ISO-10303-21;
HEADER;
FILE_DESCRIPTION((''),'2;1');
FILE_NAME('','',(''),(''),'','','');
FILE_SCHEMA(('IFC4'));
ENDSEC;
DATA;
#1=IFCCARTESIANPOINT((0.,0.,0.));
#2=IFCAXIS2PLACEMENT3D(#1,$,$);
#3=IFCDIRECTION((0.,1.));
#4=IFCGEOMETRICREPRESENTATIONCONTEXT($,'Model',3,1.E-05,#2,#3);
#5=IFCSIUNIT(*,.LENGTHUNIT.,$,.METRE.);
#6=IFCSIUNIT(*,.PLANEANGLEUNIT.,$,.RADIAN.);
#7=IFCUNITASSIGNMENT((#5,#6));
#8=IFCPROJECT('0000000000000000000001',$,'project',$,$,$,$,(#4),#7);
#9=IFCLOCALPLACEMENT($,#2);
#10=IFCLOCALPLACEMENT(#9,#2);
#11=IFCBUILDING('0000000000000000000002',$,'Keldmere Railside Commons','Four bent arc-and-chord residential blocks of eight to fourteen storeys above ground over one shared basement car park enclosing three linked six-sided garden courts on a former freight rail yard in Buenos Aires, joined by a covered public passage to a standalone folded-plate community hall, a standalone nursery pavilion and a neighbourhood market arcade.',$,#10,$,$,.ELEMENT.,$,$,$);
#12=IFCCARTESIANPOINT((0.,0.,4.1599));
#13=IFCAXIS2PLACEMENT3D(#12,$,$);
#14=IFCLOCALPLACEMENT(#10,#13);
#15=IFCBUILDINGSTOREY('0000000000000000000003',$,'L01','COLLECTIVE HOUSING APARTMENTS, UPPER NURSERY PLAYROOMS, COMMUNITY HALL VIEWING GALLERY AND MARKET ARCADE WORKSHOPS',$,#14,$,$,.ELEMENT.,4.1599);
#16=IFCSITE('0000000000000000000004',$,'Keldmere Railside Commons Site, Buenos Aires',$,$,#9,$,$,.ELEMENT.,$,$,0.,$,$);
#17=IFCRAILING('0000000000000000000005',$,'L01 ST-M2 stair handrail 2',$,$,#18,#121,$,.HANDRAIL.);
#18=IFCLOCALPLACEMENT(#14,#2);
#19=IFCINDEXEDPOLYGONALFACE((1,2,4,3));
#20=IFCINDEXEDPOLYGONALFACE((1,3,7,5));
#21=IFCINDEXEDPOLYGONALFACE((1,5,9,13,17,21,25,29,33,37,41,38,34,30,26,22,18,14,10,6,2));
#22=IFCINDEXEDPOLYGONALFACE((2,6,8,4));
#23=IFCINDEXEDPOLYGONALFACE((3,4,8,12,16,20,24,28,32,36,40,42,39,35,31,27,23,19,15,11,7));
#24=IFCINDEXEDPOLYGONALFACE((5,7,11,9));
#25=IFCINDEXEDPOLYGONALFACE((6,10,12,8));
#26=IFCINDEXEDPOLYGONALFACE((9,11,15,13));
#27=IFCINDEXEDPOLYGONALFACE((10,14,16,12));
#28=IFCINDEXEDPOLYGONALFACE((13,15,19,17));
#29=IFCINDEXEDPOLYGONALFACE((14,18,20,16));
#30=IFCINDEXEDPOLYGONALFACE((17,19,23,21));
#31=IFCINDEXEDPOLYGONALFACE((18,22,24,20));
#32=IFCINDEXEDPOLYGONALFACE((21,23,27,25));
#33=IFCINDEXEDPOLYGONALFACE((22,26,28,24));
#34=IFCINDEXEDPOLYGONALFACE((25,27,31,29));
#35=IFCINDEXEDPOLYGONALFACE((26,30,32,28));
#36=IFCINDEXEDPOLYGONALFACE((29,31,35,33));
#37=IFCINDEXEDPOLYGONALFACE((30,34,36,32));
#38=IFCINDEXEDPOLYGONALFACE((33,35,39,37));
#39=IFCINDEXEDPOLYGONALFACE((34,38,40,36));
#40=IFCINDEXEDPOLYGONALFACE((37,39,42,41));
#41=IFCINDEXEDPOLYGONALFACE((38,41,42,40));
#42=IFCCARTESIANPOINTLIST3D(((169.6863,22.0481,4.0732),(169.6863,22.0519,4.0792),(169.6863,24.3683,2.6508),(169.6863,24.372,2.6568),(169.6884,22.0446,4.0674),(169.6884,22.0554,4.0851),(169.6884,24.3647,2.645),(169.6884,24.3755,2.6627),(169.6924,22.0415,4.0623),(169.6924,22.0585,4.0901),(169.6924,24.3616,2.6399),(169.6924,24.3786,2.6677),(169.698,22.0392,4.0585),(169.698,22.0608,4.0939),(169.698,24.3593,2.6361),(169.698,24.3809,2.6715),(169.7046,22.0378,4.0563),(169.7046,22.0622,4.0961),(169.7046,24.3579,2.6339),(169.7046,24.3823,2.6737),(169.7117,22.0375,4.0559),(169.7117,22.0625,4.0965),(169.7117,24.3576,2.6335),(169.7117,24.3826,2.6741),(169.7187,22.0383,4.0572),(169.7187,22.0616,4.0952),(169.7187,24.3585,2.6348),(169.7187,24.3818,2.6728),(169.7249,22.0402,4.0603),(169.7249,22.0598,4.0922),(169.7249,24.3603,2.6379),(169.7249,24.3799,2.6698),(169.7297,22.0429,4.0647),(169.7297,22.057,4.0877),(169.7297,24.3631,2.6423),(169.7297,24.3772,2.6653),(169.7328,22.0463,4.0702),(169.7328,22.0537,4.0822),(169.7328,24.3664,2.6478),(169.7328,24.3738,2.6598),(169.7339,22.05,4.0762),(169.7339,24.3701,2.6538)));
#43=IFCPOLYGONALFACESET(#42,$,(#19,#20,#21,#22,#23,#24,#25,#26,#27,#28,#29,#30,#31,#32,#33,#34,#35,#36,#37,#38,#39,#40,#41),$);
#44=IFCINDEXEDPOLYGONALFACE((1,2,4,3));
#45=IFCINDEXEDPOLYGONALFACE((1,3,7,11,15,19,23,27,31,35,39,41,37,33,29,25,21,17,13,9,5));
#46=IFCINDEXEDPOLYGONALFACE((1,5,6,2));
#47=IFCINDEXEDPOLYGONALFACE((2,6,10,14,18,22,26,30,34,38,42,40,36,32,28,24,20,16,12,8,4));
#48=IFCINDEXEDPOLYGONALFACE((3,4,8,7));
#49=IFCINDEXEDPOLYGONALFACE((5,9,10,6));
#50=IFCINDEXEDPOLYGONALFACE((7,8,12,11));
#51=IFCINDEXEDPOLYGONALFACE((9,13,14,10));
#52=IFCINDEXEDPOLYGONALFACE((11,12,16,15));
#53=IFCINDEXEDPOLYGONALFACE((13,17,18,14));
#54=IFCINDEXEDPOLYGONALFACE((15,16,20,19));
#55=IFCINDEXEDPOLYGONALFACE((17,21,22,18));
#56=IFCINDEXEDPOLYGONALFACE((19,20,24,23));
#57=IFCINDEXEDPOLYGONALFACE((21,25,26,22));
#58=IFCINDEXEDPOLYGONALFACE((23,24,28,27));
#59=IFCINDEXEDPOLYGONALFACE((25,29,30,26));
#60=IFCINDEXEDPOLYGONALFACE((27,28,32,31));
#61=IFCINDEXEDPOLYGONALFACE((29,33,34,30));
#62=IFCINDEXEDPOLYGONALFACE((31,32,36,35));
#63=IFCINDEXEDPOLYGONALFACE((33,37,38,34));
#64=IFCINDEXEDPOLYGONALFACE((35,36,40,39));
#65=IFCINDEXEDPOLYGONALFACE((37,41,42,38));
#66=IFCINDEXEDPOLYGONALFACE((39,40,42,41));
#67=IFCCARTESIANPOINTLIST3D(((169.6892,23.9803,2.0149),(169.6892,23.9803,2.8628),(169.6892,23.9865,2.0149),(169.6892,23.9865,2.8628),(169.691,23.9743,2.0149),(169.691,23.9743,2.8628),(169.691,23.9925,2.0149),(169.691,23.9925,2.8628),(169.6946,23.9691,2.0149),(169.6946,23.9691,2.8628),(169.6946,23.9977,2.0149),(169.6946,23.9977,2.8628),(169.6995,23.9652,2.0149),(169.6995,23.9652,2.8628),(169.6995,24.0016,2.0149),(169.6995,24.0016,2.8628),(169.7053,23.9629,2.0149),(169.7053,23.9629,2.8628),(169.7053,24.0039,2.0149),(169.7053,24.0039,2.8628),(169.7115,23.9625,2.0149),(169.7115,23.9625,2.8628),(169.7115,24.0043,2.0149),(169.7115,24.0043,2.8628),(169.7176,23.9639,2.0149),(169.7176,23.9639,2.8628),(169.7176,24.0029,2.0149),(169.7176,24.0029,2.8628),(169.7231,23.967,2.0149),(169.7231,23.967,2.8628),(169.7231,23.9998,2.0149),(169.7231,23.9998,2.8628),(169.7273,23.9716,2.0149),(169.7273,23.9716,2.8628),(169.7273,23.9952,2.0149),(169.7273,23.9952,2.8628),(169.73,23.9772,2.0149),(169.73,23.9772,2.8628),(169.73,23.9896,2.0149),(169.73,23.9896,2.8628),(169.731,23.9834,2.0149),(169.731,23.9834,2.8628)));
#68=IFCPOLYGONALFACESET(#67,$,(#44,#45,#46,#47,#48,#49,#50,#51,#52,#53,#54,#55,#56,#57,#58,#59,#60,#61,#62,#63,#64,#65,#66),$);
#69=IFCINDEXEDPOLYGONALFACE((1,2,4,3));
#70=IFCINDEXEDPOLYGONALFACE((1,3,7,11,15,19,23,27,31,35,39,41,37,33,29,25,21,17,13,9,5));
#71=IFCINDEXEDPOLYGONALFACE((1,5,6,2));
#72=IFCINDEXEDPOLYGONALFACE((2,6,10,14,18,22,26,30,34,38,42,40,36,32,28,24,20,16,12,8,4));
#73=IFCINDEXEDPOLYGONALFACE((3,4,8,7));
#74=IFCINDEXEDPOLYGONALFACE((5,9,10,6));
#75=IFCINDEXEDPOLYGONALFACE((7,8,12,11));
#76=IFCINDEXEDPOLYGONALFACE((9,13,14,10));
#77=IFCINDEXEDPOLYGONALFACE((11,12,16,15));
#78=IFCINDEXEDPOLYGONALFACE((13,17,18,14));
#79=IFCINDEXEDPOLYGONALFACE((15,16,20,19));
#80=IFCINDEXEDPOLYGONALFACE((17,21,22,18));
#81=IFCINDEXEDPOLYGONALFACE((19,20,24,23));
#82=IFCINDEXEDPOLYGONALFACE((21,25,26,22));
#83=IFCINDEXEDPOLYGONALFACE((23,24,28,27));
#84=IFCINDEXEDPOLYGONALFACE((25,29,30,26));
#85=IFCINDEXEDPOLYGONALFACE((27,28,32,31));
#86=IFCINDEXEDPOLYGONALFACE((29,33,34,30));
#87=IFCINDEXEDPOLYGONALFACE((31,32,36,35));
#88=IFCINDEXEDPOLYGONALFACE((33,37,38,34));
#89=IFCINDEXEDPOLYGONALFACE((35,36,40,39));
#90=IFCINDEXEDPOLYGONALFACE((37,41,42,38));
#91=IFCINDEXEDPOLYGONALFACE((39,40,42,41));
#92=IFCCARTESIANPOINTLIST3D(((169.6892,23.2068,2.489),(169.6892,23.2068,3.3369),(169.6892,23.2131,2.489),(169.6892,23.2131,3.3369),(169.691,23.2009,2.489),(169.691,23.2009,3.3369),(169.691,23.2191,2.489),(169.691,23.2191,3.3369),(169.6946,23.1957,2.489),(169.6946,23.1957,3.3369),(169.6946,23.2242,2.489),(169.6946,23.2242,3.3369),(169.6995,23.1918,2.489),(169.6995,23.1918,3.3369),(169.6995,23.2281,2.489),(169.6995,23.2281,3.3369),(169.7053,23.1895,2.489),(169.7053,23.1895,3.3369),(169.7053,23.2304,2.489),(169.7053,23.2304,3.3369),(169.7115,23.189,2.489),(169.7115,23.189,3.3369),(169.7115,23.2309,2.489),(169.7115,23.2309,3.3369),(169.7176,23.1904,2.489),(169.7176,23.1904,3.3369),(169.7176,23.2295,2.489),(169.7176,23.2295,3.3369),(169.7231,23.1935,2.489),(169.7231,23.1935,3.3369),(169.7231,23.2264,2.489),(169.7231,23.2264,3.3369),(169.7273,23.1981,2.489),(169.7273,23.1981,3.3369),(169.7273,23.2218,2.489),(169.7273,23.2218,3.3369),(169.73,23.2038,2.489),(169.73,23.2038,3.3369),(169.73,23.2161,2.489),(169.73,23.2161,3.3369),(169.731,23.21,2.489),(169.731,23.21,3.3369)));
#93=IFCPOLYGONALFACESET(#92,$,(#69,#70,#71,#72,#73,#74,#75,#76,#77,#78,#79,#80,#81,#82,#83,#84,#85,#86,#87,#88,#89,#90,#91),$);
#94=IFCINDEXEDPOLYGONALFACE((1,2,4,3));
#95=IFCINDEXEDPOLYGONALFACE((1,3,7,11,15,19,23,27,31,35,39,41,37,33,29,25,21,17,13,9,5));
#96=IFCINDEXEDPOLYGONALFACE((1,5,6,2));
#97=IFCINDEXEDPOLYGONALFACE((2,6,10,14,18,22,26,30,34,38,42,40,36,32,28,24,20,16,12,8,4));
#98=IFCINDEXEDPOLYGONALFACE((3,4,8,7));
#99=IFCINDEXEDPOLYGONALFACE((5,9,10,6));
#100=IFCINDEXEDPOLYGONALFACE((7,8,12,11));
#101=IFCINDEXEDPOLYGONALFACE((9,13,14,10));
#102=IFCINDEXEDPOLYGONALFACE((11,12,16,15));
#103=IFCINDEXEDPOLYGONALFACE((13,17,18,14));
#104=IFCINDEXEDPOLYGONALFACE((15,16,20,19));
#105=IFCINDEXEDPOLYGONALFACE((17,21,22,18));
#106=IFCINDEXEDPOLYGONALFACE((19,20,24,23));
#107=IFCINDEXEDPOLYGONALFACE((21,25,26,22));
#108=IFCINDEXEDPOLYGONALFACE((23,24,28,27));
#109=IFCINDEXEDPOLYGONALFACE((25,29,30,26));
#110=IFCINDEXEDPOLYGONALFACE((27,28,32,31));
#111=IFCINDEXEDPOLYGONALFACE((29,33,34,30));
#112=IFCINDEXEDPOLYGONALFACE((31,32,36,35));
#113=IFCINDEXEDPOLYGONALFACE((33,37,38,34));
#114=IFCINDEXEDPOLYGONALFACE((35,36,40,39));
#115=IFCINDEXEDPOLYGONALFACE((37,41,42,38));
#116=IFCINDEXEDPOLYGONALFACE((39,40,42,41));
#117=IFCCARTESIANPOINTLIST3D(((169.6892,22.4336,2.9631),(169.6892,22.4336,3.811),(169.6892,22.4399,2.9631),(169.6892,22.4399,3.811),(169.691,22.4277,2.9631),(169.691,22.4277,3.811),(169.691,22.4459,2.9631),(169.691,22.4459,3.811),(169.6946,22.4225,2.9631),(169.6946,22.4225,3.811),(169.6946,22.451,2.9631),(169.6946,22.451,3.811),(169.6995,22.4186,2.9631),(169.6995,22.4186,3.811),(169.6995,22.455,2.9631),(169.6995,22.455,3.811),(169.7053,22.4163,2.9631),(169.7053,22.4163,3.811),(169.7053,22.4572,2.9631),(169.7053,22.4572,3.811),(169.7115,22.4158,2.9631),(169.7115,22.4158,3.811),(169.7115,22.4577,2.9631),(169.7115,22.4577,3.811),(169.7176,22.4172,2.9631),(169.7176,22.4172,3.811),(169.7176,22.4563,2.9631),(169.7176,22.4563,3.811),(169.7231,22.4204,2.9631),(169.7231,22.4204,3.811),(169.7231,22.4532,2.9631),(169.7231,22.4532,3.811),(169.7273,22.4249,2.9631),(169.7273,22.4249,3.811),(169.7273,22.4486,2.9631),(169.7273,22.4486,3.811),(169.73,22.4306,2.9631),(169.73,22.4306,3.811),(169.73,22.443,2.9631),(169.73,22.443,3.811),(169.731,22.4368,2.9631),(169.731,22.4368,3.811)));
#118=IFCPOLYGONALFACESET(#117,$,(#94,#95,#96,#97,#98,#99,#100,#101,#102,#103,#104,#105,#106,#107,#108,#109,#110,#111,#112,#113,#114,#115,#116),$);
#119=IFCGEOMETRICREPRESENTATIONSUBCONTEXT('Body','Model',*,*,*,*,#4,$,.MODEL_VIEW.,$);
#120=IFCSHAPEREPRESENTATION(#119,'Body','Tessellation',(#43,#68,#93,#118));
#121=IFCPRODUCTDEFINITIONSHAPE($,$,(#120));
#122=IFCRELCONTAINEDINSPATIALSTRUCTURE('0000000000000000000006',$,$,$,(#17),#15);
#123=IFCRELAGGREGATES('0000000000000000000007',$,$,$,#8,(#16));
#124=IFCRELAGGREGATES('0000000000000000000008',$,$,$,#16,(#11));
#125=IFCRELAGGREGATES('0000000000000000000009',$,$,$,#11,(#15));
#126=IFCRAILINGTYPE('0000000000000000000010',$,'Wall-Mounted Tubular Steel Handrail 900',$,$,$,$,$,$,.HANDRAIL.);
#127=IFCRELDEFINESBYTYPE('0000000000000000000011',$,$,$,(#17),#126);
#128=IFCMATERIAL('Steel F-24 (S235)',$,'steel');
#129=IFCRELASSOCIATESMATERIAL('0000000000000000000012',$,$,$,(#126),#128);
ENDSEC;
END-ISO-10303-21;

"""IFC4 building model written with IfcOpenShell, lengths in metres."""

from ifc_helpers import new_model, si_unit, direction, frame, origin, origin_2d, place, context, subcontext, project, spatial, circle, extrude, material, type_object, element, save


model = new_model("IFC4")

# Units and contexts
model_context = context("Model", 3, precision=1e-05, world=origin(), true_north=direction((0.0, 1.0)))
body_context = subcontext(model_context, "Body", "Model", "MODEL_VIEW")
ifc_project = project(units=[si_unit("LENGTHUNIT", "METRE"), si_unit("PLANEANGLEUNIT", "RADIAN")], contexts=[model_context])

# Site, building, storey
site_placement = place(None, origin())
site = spatial("IfcSite", under=ifc_project, at=site_placement, Name="Keldmere Railside Commons Site, Buenos Aires", CompositionType="ELEMENT", RefElevation=0.0)
building_placement = place(site_placement, origin())
building = spatial("IfcBuilding", under=site, at=building_placement, Name="Keldmere Railside Commons", Description="Four bent arc-and-chord residential blocks of eight to fourteen storeys above ground over one shared basement car park enclosing three linked six-sided garden courts on a former freight rail yard in Buenos Aires, joined by a covered public passage to a standalone folded-plate community hall, a standalone nursery pavilion and a neighbourhood market arcade.", CompositionType="ELEMENT")
storey_placement = place(building_placement, frame((0.0, 0.0, 4.1599)))
storey = spatial("IfcBuildingStorey", under=building, at=storey_placement, Name="L01", Description="COLLECTIVE HOUSING APARTMENTS, UPPER NURSERY PLAYROOMS, COMMUNITY HALL VIEWING GALLERY AND MARKET ARCADE WORKSHOPS", CompositionType="ELEMENT", Elevation=4.1599)

# Shared definitions
ifc_material_1 = material(Name="Steel F-24 (S235)", Category="steel")

# Railing
railing_type_1 = type_object("IfcRailingType", Name="Wall-Mounted Tubular Steel Handrail 900", PredefinedType="HANDRAIL", material=ifc_material_1)
railing_1_placement = place(storey_placement, frame((169.71, 24.3701, 1.7778)))
element("IfcRailing", 1, at=railing_1_placement, inside=storey, type_object=railing_type_1, Name="L01 ST-M2 stair handrail 2", PredefinedType="HANDRAIL", context=body_context, shape_type="SweptSolid", body=[
    extrude(circle(Radius=0.0239, at=origin_2d()), frame((0.0, 0.0, 0.876), z_axis=(0.0, -0.852538, 0.522665), x_axis=(1.0, 0.0, 0.0)), (0.0, 0.0, 1.0), 2.7214),
    extrude(circle(Radius=0.021, at=origin_2d()), frame((0.0, -0.3867, 0.2371)), (0.0, 0.0, 1.0), 0.8479),
    extrude(circle(Radius=0.021, at=origin_2d()), frame((0.0, -1.1602, 0.7112)), (0.0, 0.0, 1.0), 0.8479),
    extrude(circle(Radius=0.021, at=origin_2d()), frame((0.0, -1.9333, 1.1853)), (0.0, 0.0, 1.0), 0.8479),
])

save(model, "model.ifc")
